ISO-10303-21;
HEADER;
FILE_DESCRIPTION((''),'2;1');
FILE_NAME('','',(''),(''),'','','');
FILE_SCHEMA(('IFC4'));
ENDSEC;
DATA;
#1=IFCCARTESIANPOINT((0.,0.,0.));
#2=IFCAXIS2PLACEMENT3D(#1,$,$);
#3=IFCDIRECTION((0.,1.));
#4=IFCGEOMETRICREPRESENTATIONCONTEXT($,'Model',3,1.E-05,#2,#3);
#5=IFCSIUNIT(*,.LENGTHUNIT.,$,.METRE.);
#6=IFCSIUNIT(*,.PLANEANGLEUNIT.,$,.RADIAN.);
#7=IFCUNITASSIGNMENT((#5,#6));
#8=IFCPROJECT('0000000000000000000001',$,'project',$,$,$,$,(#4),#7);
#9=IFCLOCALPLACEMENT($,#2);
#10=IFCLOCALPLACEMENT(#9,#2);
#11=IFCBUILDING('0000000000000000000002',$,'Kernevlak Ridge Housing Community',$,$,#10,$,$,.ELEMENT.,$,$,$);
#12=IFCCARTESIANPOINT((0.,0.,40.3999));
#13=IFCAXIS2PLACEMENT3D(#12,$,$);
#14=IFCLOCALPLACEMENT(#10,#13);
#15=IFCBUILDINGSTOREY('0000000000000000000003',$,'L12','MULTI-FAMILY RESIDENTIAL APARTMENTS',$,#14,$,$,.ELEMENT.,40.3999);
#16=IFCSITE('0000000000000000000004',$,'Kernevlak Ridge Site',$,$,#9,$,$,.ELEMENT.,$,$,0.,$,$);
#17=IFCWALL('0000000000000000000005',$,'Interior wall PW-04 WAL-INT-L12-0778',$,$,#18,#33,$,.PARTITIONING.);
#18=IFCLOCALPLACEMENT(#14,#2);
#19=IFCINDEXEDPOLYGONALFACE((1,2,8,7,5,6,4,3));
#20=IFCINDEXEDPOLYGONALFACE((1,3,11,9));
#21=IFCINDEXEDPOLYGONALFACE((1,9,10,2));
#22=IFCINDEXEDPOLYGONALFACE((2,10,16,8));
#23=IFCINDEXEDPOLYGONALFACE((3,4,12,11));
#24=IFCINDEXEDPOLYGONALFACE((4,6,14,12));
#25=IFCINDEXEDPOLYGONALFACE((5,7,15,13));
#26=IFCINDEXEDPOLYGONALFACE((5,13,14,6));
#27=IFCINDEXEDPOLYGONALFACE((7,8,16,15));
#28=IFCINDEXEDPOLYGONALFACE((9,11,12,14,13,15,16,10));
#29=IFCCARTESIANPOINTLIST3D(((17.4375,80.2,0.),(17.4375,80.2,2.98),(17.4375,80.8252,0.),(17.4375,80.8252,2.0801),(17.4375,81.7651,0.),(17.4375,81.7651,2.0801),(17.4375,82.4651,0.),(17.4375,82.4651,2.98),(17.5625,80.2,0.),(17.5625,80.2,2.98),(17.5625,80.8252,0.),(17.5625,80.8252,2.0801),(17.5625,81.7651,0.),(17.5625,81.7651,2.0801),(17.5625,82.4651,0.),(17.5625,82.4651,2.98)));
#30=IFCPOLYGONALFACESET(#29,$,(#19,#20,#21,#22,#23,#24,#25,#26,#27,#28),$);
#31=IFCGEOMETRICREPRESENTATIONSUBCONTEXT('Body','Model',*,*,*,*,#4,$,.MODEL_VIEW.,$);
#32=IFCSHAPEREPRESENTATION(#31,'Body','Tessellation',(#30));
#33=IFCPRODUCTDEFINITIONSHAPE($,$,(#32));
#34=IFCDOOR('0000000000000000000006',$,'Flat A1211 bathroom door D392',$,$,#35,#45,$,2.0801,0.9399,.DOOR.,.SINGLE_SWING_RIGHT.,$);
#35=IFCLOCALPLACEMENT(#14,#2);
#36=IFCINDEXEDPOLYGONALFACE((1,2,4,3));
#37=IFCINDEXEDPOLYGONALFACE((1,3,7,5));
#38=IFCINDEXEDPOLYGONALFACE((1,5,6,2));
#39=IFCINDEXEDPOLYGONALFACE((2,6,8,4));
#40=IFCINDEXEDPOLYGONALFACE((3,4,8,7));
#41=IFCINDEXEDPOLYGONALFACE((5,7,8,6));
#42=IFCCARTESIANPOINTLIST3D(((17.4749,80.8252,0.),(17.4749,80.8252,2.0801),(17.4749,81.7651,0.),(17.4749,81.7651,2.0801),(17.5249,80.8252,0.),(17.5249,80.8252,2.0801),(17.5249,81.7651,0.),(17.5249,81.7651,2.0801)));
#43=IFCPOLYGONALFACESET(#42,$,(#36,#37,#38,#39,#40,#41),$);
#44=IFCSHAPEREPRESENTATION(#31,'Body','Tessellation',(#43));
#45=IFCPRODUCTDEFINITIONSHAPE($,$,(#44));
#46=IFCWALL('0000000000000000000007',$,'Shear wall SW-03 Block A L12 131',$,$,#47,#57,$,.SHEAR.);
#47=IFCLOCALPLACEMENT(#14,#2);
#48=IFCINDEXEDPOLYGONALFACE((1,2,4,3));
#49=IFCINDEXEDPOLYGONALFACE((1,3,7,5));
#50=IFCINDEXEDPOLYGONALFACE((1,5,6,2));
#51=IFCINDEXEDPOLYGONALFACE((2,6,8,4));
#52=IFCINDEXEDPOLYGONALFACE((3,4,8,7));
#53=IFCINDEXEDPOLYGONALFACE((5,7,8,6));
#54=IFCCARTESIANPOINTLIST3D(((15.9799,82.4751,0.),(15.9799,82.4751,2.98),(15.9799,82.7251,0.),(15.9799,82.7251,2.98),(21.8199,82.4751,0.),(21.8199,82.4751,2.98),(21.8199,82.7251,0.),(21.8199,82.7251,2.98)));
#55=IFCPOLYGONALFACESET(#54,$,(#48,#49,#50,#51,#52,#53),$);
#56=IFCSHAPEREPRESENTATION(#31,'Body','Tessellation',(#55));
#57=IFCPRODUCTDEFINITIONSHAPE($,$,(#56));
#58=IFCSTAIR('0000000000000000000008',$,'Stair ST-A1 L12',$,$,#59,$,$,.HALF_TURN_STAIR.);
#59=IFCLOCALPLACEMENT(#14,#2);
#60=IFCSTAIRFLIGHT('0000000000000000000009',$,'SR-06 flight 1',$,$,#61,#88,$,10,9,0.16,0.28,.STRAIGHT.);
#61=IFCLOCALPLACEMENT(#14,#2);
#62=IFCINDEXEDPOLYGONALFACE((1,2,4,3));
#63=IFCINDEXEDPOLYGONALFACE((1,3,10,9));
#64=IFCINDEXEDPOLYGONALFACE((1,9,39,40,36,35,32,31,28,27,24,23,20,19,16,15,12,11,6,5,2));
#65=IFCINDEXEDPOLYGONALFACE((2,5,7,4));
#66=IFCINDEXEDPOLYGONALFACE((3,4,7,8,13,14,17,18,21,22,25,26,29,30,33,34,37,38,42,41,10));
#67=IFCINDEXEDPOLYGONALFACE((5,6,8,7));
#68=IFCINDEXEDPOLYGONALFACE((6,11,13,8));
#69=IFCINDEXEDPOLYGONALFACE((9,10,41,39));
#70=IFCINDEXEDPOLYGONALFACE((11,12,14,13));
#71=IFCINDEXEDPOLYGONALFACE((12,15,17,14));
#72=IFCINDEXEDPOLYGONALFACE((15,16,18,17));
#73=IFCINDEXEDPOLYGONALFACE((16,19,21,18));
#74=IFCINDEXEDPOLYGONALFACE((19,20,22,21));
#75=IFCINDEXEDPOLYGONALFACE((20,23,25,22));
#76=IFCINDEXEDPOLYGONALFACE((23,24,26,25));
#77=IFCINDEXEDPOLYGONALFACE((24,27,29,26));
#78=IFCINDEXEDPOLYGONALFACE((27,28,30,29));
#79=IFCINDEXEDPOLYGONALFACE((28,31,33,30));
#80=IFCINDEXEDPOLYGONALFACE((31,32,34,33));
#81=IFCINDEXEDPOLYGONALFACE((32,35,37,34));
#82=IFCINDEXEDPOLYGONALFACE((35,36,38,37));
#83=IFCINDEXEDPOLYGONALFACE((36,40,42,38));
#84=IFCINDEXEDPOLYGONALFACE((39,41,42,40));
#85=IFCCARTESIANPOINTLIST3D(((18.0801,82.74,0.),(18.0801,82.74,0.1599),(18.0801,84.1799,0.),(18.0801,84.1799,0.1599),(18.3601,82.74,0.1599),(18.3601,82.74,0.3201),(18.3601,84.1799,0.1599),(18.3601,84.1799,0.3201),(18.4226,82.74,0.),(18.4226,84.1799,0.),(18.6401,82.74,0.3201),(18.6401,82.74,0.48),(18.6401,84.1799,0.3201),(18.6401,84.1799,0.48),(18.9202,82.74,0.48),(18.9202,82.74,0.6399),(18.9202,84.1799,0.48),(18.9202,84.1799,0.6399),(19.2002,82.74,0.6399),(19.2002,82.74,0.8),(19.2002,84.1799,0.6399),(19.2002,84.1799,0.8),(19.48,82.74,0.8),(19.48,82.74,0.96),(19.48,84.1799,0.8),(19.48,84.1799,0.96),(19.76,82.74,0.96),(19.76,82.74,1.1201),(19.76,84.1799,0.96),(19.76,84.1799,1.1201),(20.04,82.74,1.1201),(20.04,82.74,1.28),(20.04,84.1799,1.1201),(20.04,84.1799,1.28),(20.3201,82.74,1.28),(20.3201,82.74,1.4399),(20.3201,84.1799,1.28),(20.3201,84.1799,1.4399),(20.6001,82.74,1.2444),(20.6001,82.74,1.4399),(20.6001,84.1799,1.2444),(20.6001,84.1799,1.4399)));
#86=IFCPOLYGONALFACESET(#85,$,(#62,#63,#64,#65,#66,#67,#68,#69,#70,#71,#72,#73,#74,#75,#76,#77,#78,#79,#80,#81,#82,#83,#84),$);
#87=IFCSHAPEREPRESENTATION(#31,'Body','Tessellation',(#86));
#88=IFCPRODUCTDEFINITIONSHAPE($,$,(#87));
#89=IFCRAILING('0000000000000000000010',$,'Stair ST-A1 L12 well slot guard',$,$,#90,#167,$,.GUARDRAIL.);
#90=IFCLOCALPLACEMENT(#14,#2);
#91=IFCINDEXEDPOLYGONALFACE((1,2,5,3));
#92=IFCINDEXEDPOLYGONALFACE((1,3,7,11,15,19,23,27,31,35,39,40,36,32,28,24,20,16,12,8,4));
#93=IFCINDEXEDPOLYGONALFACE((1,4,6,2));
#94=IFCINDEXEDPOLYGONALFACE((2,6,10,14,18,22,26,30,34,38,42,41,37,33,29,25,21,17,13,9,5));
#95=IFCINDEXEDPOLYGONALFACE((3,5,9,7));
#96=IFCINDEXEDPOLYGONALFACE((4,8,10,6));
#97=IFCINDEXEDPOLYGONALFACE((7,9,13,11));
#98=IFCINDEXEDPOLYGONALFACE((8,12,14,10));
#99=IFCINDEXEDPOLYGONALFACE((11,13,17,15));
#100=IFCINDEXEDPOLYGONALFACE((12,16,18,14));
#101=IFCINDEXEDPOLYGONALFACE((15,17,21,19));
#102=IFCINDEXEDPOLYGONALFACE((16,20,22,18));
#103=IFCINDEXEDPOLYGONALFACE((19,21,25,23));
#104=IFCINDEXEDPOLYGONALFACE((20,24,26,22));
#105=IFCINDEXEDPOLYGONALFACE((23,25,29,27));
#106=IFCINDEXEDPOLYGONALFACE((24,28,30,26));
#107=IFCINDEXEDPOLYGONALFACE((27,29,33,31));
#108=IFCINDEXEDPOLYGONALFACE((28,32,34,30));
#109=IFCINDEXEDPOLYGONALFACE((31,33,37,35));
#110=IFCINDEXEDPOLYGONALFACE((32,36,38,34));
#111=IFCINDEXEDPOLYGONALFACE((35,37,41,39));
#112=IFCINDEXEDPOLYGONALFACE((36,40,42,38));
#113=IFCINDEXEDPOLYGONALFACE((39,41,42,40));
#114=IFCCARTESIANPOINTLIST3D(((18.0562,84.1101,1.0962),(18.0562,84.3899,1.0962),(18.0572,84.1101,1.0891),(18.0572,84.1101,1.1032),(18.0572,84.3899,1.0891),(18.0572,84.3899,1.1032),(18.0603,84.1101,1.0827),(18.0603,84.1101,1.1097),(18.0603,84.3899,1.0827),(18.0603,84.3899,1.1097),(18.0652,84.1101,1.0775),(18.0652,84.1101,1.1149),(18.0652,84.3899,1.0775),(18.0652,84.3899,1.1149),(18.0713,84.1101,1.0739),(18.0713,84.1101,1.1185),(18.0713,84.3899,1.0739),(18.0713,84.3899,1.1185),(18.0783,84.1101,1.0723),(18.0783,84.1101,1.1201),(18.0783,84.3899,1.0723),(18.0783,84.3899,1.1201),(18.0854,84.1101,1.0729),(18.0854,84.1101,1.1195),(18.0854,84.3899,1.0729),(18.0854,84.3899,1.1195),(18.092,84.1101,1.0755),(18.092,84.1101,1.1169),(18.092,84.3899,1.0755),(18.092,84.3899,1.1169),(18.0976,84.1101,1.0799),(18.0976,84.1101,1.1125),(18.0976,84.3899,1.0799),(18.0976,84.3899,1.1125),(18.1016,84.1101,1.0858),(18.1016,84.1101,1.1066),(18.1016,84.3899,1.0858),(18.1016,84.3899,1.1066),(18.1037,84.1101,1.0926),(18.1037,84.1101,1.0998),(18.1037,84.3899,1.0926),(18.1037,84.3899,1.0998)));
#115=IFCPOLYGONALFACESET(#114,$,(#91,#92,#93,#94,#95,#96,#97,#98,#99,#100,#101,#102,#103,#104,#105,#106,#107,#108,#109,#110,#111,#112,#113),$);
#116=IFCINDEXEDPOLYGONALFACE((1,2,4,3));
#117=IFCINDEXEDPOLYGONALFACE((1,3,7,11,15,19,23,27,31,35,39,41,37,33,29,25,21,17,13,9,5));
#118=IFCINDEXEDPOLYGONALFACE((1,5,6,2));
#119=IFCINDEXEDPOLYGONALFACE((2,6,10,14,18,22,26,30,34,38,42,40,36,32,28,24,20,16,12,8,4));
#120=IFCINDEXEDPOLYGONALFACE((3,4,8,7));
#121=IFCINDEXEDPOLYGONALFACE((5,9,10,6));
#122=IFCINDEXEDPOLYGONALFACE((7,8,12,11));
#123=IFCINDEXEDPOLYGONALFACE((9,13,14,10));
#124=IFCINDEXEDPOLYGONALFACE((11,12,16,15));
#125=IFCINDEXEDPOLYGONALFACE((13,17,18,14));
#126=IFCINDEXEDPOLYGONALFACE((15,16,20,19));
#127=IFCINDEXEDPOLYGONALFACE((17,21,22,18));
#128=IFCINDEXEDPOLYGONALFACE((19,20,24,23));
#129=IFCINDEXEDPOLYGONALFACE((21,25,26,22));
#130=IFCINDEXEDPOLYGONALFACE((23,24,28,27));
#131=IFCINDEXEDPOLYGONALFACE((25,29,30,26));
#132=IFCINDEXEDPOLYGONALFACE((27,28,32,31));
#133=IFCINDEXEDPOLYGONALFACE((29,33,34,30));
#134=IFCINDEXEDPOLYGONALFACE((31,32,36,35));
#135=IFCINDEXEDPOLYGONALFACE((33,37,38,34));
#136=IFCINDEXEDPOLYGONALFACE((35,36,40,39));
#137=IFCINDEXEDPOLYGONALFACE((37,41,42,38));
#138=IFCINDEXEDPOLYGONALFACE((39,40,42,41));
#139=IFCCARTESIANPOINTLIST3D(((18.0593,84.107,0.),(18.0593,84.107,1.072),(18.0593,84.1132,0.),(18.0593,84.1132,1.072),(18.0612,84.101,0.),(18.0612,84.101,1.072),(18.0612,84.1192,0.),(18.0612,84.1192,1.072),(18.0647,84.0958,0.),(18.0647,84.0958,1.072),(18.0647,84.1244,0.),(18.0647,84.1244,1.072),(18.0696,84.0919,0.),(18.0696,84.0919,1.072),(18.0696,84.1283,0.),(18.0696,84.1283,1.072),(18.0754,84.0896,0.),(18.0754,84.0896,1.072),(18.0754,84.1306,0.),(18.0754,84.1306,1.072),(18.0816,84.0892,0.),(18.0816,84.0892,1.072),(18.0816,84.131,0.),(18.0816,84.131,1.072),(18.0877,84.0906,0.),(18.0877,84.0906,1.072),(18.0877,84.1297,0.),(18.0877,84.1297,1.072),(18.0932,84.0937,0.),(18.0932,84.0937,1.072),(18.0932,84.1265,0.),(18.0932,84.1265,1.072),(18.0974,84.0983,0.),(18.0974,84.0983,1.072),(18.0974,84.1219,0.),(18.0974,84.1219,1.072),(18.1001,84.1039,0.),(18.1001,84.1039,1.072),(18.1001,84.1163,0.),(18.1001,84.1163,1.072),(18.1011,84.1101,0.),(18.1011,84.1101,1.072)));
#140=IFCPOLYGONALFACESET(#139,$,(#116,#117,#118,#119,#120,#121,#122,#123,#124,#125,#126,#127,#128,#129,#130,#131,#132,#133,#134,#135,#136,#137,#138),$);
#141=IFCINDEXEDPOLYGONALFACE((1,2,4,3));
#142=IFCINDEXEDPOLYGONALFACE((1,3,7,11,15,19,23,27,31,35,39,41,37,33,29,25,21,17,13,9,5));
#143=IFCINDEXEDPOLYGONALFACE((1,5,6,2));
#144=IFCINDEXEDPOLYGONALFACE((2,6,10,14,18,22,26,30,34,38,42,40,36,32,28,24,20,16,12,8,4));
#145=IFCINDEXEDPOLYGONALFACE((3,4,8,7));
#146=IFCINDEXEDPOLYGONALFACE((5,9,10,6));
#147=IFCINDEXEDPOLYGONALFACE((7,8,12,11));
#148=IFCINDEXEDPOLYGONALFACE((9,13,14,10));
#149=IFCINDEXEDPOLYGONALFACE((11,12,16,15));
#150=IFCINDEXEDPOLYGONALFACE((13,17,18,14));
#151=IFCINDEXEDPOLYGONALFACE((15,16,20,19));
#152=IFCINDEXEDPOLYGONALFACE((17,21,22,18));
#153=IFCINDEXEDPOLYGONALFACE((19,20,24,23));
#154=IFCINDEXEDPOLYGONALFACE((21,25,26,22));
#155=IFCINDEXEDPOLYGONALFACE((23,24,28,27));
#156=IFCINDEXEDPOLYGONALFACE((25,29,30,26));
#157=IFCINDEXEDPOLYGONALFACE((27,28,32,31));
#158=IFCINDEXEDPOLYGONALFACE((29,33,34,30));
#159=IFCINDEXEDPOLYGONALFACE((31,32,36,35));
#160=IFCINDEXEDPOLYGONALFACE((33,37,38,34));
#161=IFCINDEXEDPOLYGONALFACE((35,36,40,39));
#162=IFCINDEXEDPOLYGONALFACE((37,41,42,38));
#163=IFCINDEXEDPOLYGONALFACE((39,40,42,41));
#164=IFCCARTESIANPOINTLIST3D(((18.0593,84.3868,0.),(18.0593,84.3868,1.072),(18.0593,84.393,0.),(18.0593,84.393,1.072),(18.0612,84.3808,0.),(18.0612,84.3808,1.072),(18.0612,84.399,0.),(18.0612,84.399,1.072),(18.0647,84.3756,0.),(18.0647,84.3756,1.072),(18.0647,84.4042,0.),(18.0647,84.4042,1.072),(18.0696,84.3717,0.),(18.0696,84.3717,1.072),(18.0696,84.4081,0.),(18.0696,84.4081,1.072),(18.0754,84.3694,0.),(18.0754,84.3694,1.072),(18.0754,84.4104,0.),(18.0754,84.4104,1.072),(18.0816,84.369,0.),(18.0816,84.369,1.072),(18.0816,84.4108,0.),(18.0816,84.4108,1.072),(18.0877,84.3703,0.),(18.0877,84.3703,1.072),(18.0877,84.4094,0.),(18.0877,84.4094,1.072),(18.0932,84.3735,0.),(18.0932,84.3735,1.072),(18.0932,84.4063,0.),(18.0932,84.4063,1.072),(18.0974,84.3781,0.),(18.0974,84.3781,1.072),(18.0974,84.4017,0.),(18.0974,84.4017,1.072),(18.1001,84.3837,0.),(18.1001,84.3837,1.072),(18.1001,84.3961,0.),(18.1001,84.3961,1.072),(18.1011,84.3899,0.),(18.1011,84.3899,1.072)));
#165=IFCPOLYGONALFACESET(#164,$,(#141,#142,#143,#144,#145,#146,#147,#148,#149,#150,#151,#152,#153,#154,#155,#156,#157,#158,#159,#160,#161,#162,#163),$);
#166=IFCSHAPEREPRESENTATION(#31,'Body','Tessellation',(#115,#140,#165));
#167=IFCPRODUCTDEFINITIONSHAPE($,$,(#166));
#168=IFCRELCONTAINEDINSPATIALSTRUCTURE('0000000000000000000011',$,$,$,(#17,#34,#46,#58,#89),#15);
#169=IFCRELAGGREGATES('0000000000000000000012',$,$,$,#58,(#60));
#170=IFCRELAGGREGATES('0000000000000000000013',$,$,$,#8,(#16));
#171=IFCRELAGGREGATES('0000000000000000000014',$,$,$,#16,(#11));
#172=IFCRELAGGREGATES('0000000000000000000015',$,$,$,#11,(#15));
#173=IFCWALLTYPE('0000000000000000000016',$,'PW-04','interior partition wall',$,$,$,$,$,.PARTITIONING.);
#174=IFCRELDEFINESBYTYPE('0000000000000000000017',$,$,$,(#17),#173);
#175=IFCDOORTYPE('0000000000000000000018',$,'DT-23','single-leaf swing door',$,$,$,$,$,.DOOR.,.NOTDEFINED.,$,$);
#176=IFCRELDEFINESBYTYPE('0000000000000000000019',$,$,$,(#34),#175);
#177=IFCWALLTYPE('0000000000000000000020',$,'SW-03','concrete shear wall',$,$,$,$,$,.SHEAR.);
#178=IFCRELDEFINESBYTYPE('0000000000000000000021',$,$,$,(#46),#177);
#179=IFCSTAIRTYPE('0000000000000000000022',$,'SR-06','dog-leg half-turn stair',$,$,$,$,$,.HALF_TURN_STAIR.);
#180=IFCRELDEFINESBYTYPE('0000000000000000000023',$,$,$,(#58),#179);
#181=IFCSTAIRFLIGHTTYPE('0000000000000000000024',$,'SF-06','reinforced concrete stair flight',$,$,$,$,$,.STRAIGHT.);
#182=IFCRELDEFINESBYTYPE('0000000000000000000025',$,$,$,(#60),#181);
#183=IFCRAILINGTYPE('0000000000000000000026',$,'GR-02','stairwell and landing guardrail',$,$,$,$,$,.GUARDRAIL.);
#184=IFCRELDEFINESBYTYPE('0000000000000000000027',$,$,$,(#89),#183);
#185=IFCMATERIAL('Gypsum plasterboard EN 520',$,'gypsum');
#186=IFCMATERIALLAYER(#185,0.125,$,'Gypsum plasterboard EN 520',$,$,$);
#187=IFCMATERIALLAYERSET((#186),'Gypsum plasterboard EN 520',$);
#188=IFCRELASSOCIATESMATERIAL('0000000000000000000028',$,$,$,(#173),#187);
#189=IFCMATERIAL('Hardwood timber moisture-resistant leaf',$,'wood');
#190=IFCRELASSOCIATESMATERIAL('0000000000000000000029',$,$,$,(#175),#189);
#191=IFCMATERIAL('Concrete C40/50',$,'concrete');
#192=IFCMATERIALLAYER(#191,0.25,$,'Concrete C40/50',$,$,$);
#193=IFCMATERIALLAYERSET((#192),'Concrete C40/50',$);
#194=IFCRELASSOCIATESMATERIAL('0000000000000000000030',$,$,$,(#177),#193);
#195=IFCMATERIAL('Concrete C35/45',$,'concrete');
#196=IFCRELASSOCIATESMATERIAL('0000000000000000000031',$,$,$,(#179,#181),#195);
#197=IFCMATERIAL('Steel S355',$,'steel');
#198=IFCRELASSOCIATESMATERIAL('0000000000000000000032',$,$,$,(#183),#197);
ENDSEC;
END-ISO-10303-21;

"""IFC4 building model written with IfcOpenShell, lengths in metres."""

from ifc_helpers import new_model, si_unit, direction, frame, frame_2d, origin, origin_2d, place, context, subcontext, project, spatial, polyline, rectangle, circle, outline, extrude, material, layer, layer_set, type_object, element, fill, aggregate, save


model = new_model("IFC4")

# Units and contexts
model_context = context("Model", 3, precision=1e-05, world=origin(), true_north=direction((0.0, 1.0)))
body_context = subcontext(model_context, "Body", "Model", "MODEL_VIEW")
ifc_project = project(units=[si_unit("LENGTHUNIT", "METRE"), si_unit("PLANEANGLEUNIT", "RADIAN")], contexts=[model_context])

# Site, building, storey
site_placement = place(None, origin())
site = spatial("IfcSite", under=ifc_project, at=site_placement, Name="Kernevlak Ridge Site", CompositionType="ELEMENT", RefElevation=0.0)
building_placement = place(site_placement, origin())
building = spatial("IfcBuilding", under=site, at=building_placement, Name="Kernevlak Ridge Housing Community", CompositionType="ELEMENT")
storey_placement = place(building_placement, frame((0.0, 0.0, 40.3999)))
storey = spatial("IfcBuildingStorey", under=building, at=storey_placement, Name="L12", Description="MULTI-FAMILY RESIDENTIAL APARTMENTS", CompositionType="ELEMENT", Elevation=40.3999)

# Shared definitions
ifc_material_1 = material(Name="Concrete C35/45", Category="concrete")

# Wall, opening, door
ifc_material_2 = material(Name="Gypsum plasterboard EN 520", Category="gypsum")
ifc_layer_1 = layer(ifc_material_2, 0.125, Name="Gypsum plasterboard EN 520")
ifc_layer_set_1 = layer_set([ifc_layer_1], Name="Gypsum plasterboard EN 520")
wall_type_1 = type_object("IfcWallType", Name="PW-04", Description="interior partition wall", PredefinedType="PARTITIONING", material=ifc_layer_set_1)
wall_1_placement = place(storey_placement, frame((17.5, 82.4651, 0.0), z_axis=(0.0, 0.0, 1.0), x_axis=(0.0, -1.0, 0.0)))
wall_1 = element("IfcWall", 1, at=wall_1_placement, inside=storey, type_object=wall_type_1, Name="Interior wall PW-04 WAL-INT-L12-0778", PredefinedType="PARTITIONING", context=body_context, shape_type="SweptSolid", body=[
    extrude(rectangle(XDim=2.2651, YDim=0.125, at=frame_2d((1.1326, 0.0))), origin(), (0.0, 0.0, 1.0), 2.98),
])
opening_placement = place(wall_1_placement, frame((0.7, 0.0, 0.0)))
opening = element("IfcOpeningElement", 2, at=opening_placement, cuts=wall_1, PredefinedType="OPENING", context=body_context, shape_type="SweptSolid", body=[
    extrude(rectangle(XDim=0.9399, YDim=2.0801, at=frame_2d((0.47, 1.04))), frame((0.0, 0.0725, 0.0), z_axis=(0.0, -1.0, 0.0), x_axis=(1.0, 0.0, 0.0)), (0.0, 0.0, 1.0), 0.145),
])
ifc_material_3 = material(Name="Hardwood timber moisture-resistant leaf", Category="wood")
door_type = type_object("IfcDoorType", Name="DT-23", Description="single-leaf swing door", OperationType="NOTDEFINED", PredefinedType="DOOR", material=ifc_material_3)
door_placement = place(opening_placement, origin())
door = element("IfcDoor", 3, at=door_placement, inside=storey, type_object=door_type, Name="Flat A1211 bathroom door D392", OperationType="SINGLE_SWING_RIGHT", OverallHeight=2.0801, OverallWidth=0.9399, PredefinedType="DOOR", context=body_context, shape_type="SweptSolid", body=[
    extrude(rectangle(XDim=0.9399, YDim=2.0801, at=frame_2d((0.47, 1.04))), frame((0.0, 0.0249, 0.0), z_axis=(0.0, -1.0, 0.0), x_axis=(1.0, 0.0, 0.0)), (0.0, 0.0, 1.0), 0.05),
])
fill(opening, door)

# Wall
ifc_material_4 = material(Name="Concrete C40/50", Category="concrete")
ifc_layer_2 = layer(ifc_material_4, 0.25, Name="Concrete C40/50")
ifc_layer_set_2 = layer_set([ifc_layer_2], Name="Concrete C40/50")
wall_type_2 = type_object("IfcWallType", Name="SW-03", Description="concrete shear wall", PredefinedType="SHEAR", material=ifc_layer_set_2)
wall_2_placement = place(storey_placement, frame((15.98, 82.6001, 0.0), z_axis=(0.0, 0.0, 1.0), x_axis=(1.0, 0.0, 0.0)))
element("IfcWall", 4, at=wall_2_placement, inside=storey, type_object=wall_type_2, Name="Shear wall SW-03 Block A L12 131", PredefinedType="SHEAR", context=body_context, shape_type="SweptSolid", body=[
    extrude(rectangle(XDim=5.8401, YDim=0.25, at=frame_2d((2.9199, 0.0))), origin(), (0.0, 0.0, 1.0), 2.98),
])

# Stair, stair flight
stair_type = type_object("IfcStairType", Name="SR-06", Description="dog-leg half-turn stair", PredefinedType="HALF_TURN_STAIR", material=ifc_material_1)
stair_placement = place(storey_placement, origin())
stair = element("IfcStair", 5, at=stair_placement, inside=storey, type_object=stair_type, Name="Stair ST-A1 L12", PredefinedType="HALF_TURN_STAIR")
stair_flight_type = type_object("IfcStairFlightType", Name="SF-06", Description="reinforced concrete stair flight", PredefinedType="STRAIGHT", material=ifc_material_1)
stair_flight_placement = place(storey_placement, frame((18.0801, 83.46, 0.0), z_axis=(0.0, 0.0, 1.0), x_axis=(1.0, 0.0, 0.0)))
stair_flight = element("IfcStairFlight", 6, at=stair_flight_placement, type_object=stair_flight_type, Name="SR-06 flight 1", NumberOfRisers=10, NumberOfTreads=9, PredefinedType="STRAIGHT", RiserHeight=0.16, TreadLength=0.28, context=body_context, shape_type="SweptSolid", body=[
    extrude(outline(polyline([(0.0, 0.0), (0.0, 0.1599), (0.28, 0.1599), (0.28, 0.3201), (0.5601, 0.3201), (0.5601, 0.48), (0.8401, 0.48), (0.8401, 0.6399), (1.1201, 0.6399), (1.1201, 0.8), (1.3999, 0.8), (1.3999, 0.96), (1.6799, 0.96), (1.6799, 1.1201), (1.96, 1.1201), (1.96, 1.28), (2.24, 1.28), (2.24, 1.4399), (2.52, 1.4399), (2.52, 1.6001), (2.52, 1.2444), (0.3425, 0.0), (0.0, 0.0)])), frame((0.0, 0.72, 0.0), z_axis=(0.0, -1.0, 0.0), x_axis=(1.0, 0.0, 0.0)), (0.0, 0.0, 1.0), 1.4399),
])
aggregate(stair, [stair_flight])

# Railing
ifc_material_5 = material(Name="Steel S355", Category="steel")
railing_type_1 = type_object("IfcRailingType", Name="GR-02", Description="stairwell and landing guardrail", PredefinedType="GUARDRAIL", material=ifc_material_5)
railing_1_placement = place(storey_placement, frame((18.0801, 84.1101, 0.0)))
element("IfcRailing", 7, at=railing_1_placement, inside=storey, type_object=railing_type_1, Name="Stair ST-A1 L12 well slot guard", PredefinedType="GUARDRAIL", context=body_context, shape_type="SweptSolid", body=[
    extrude(circle(Radius=0.0239, at=origin_2d()), frame((0.0, 0.0, 1.0962), z_axis=(0.0, 1.0, 0.0), x_axis=(-1.0, 0.0, 0.0)), (0.0, 0.0, 1.0), 0.2798),
    extrude(circle(Radius=0.021, at=origin_2d()), origin(), (0.0, 0.0, 1.0), 1.072),
    extrude(circle(Radius=0.021, at=origin_2d()), frame((0.0, 0.2798, 0.0)), (0.0, 0.0, 1.0), 1.072),
])

save(model, "model.ifc")
